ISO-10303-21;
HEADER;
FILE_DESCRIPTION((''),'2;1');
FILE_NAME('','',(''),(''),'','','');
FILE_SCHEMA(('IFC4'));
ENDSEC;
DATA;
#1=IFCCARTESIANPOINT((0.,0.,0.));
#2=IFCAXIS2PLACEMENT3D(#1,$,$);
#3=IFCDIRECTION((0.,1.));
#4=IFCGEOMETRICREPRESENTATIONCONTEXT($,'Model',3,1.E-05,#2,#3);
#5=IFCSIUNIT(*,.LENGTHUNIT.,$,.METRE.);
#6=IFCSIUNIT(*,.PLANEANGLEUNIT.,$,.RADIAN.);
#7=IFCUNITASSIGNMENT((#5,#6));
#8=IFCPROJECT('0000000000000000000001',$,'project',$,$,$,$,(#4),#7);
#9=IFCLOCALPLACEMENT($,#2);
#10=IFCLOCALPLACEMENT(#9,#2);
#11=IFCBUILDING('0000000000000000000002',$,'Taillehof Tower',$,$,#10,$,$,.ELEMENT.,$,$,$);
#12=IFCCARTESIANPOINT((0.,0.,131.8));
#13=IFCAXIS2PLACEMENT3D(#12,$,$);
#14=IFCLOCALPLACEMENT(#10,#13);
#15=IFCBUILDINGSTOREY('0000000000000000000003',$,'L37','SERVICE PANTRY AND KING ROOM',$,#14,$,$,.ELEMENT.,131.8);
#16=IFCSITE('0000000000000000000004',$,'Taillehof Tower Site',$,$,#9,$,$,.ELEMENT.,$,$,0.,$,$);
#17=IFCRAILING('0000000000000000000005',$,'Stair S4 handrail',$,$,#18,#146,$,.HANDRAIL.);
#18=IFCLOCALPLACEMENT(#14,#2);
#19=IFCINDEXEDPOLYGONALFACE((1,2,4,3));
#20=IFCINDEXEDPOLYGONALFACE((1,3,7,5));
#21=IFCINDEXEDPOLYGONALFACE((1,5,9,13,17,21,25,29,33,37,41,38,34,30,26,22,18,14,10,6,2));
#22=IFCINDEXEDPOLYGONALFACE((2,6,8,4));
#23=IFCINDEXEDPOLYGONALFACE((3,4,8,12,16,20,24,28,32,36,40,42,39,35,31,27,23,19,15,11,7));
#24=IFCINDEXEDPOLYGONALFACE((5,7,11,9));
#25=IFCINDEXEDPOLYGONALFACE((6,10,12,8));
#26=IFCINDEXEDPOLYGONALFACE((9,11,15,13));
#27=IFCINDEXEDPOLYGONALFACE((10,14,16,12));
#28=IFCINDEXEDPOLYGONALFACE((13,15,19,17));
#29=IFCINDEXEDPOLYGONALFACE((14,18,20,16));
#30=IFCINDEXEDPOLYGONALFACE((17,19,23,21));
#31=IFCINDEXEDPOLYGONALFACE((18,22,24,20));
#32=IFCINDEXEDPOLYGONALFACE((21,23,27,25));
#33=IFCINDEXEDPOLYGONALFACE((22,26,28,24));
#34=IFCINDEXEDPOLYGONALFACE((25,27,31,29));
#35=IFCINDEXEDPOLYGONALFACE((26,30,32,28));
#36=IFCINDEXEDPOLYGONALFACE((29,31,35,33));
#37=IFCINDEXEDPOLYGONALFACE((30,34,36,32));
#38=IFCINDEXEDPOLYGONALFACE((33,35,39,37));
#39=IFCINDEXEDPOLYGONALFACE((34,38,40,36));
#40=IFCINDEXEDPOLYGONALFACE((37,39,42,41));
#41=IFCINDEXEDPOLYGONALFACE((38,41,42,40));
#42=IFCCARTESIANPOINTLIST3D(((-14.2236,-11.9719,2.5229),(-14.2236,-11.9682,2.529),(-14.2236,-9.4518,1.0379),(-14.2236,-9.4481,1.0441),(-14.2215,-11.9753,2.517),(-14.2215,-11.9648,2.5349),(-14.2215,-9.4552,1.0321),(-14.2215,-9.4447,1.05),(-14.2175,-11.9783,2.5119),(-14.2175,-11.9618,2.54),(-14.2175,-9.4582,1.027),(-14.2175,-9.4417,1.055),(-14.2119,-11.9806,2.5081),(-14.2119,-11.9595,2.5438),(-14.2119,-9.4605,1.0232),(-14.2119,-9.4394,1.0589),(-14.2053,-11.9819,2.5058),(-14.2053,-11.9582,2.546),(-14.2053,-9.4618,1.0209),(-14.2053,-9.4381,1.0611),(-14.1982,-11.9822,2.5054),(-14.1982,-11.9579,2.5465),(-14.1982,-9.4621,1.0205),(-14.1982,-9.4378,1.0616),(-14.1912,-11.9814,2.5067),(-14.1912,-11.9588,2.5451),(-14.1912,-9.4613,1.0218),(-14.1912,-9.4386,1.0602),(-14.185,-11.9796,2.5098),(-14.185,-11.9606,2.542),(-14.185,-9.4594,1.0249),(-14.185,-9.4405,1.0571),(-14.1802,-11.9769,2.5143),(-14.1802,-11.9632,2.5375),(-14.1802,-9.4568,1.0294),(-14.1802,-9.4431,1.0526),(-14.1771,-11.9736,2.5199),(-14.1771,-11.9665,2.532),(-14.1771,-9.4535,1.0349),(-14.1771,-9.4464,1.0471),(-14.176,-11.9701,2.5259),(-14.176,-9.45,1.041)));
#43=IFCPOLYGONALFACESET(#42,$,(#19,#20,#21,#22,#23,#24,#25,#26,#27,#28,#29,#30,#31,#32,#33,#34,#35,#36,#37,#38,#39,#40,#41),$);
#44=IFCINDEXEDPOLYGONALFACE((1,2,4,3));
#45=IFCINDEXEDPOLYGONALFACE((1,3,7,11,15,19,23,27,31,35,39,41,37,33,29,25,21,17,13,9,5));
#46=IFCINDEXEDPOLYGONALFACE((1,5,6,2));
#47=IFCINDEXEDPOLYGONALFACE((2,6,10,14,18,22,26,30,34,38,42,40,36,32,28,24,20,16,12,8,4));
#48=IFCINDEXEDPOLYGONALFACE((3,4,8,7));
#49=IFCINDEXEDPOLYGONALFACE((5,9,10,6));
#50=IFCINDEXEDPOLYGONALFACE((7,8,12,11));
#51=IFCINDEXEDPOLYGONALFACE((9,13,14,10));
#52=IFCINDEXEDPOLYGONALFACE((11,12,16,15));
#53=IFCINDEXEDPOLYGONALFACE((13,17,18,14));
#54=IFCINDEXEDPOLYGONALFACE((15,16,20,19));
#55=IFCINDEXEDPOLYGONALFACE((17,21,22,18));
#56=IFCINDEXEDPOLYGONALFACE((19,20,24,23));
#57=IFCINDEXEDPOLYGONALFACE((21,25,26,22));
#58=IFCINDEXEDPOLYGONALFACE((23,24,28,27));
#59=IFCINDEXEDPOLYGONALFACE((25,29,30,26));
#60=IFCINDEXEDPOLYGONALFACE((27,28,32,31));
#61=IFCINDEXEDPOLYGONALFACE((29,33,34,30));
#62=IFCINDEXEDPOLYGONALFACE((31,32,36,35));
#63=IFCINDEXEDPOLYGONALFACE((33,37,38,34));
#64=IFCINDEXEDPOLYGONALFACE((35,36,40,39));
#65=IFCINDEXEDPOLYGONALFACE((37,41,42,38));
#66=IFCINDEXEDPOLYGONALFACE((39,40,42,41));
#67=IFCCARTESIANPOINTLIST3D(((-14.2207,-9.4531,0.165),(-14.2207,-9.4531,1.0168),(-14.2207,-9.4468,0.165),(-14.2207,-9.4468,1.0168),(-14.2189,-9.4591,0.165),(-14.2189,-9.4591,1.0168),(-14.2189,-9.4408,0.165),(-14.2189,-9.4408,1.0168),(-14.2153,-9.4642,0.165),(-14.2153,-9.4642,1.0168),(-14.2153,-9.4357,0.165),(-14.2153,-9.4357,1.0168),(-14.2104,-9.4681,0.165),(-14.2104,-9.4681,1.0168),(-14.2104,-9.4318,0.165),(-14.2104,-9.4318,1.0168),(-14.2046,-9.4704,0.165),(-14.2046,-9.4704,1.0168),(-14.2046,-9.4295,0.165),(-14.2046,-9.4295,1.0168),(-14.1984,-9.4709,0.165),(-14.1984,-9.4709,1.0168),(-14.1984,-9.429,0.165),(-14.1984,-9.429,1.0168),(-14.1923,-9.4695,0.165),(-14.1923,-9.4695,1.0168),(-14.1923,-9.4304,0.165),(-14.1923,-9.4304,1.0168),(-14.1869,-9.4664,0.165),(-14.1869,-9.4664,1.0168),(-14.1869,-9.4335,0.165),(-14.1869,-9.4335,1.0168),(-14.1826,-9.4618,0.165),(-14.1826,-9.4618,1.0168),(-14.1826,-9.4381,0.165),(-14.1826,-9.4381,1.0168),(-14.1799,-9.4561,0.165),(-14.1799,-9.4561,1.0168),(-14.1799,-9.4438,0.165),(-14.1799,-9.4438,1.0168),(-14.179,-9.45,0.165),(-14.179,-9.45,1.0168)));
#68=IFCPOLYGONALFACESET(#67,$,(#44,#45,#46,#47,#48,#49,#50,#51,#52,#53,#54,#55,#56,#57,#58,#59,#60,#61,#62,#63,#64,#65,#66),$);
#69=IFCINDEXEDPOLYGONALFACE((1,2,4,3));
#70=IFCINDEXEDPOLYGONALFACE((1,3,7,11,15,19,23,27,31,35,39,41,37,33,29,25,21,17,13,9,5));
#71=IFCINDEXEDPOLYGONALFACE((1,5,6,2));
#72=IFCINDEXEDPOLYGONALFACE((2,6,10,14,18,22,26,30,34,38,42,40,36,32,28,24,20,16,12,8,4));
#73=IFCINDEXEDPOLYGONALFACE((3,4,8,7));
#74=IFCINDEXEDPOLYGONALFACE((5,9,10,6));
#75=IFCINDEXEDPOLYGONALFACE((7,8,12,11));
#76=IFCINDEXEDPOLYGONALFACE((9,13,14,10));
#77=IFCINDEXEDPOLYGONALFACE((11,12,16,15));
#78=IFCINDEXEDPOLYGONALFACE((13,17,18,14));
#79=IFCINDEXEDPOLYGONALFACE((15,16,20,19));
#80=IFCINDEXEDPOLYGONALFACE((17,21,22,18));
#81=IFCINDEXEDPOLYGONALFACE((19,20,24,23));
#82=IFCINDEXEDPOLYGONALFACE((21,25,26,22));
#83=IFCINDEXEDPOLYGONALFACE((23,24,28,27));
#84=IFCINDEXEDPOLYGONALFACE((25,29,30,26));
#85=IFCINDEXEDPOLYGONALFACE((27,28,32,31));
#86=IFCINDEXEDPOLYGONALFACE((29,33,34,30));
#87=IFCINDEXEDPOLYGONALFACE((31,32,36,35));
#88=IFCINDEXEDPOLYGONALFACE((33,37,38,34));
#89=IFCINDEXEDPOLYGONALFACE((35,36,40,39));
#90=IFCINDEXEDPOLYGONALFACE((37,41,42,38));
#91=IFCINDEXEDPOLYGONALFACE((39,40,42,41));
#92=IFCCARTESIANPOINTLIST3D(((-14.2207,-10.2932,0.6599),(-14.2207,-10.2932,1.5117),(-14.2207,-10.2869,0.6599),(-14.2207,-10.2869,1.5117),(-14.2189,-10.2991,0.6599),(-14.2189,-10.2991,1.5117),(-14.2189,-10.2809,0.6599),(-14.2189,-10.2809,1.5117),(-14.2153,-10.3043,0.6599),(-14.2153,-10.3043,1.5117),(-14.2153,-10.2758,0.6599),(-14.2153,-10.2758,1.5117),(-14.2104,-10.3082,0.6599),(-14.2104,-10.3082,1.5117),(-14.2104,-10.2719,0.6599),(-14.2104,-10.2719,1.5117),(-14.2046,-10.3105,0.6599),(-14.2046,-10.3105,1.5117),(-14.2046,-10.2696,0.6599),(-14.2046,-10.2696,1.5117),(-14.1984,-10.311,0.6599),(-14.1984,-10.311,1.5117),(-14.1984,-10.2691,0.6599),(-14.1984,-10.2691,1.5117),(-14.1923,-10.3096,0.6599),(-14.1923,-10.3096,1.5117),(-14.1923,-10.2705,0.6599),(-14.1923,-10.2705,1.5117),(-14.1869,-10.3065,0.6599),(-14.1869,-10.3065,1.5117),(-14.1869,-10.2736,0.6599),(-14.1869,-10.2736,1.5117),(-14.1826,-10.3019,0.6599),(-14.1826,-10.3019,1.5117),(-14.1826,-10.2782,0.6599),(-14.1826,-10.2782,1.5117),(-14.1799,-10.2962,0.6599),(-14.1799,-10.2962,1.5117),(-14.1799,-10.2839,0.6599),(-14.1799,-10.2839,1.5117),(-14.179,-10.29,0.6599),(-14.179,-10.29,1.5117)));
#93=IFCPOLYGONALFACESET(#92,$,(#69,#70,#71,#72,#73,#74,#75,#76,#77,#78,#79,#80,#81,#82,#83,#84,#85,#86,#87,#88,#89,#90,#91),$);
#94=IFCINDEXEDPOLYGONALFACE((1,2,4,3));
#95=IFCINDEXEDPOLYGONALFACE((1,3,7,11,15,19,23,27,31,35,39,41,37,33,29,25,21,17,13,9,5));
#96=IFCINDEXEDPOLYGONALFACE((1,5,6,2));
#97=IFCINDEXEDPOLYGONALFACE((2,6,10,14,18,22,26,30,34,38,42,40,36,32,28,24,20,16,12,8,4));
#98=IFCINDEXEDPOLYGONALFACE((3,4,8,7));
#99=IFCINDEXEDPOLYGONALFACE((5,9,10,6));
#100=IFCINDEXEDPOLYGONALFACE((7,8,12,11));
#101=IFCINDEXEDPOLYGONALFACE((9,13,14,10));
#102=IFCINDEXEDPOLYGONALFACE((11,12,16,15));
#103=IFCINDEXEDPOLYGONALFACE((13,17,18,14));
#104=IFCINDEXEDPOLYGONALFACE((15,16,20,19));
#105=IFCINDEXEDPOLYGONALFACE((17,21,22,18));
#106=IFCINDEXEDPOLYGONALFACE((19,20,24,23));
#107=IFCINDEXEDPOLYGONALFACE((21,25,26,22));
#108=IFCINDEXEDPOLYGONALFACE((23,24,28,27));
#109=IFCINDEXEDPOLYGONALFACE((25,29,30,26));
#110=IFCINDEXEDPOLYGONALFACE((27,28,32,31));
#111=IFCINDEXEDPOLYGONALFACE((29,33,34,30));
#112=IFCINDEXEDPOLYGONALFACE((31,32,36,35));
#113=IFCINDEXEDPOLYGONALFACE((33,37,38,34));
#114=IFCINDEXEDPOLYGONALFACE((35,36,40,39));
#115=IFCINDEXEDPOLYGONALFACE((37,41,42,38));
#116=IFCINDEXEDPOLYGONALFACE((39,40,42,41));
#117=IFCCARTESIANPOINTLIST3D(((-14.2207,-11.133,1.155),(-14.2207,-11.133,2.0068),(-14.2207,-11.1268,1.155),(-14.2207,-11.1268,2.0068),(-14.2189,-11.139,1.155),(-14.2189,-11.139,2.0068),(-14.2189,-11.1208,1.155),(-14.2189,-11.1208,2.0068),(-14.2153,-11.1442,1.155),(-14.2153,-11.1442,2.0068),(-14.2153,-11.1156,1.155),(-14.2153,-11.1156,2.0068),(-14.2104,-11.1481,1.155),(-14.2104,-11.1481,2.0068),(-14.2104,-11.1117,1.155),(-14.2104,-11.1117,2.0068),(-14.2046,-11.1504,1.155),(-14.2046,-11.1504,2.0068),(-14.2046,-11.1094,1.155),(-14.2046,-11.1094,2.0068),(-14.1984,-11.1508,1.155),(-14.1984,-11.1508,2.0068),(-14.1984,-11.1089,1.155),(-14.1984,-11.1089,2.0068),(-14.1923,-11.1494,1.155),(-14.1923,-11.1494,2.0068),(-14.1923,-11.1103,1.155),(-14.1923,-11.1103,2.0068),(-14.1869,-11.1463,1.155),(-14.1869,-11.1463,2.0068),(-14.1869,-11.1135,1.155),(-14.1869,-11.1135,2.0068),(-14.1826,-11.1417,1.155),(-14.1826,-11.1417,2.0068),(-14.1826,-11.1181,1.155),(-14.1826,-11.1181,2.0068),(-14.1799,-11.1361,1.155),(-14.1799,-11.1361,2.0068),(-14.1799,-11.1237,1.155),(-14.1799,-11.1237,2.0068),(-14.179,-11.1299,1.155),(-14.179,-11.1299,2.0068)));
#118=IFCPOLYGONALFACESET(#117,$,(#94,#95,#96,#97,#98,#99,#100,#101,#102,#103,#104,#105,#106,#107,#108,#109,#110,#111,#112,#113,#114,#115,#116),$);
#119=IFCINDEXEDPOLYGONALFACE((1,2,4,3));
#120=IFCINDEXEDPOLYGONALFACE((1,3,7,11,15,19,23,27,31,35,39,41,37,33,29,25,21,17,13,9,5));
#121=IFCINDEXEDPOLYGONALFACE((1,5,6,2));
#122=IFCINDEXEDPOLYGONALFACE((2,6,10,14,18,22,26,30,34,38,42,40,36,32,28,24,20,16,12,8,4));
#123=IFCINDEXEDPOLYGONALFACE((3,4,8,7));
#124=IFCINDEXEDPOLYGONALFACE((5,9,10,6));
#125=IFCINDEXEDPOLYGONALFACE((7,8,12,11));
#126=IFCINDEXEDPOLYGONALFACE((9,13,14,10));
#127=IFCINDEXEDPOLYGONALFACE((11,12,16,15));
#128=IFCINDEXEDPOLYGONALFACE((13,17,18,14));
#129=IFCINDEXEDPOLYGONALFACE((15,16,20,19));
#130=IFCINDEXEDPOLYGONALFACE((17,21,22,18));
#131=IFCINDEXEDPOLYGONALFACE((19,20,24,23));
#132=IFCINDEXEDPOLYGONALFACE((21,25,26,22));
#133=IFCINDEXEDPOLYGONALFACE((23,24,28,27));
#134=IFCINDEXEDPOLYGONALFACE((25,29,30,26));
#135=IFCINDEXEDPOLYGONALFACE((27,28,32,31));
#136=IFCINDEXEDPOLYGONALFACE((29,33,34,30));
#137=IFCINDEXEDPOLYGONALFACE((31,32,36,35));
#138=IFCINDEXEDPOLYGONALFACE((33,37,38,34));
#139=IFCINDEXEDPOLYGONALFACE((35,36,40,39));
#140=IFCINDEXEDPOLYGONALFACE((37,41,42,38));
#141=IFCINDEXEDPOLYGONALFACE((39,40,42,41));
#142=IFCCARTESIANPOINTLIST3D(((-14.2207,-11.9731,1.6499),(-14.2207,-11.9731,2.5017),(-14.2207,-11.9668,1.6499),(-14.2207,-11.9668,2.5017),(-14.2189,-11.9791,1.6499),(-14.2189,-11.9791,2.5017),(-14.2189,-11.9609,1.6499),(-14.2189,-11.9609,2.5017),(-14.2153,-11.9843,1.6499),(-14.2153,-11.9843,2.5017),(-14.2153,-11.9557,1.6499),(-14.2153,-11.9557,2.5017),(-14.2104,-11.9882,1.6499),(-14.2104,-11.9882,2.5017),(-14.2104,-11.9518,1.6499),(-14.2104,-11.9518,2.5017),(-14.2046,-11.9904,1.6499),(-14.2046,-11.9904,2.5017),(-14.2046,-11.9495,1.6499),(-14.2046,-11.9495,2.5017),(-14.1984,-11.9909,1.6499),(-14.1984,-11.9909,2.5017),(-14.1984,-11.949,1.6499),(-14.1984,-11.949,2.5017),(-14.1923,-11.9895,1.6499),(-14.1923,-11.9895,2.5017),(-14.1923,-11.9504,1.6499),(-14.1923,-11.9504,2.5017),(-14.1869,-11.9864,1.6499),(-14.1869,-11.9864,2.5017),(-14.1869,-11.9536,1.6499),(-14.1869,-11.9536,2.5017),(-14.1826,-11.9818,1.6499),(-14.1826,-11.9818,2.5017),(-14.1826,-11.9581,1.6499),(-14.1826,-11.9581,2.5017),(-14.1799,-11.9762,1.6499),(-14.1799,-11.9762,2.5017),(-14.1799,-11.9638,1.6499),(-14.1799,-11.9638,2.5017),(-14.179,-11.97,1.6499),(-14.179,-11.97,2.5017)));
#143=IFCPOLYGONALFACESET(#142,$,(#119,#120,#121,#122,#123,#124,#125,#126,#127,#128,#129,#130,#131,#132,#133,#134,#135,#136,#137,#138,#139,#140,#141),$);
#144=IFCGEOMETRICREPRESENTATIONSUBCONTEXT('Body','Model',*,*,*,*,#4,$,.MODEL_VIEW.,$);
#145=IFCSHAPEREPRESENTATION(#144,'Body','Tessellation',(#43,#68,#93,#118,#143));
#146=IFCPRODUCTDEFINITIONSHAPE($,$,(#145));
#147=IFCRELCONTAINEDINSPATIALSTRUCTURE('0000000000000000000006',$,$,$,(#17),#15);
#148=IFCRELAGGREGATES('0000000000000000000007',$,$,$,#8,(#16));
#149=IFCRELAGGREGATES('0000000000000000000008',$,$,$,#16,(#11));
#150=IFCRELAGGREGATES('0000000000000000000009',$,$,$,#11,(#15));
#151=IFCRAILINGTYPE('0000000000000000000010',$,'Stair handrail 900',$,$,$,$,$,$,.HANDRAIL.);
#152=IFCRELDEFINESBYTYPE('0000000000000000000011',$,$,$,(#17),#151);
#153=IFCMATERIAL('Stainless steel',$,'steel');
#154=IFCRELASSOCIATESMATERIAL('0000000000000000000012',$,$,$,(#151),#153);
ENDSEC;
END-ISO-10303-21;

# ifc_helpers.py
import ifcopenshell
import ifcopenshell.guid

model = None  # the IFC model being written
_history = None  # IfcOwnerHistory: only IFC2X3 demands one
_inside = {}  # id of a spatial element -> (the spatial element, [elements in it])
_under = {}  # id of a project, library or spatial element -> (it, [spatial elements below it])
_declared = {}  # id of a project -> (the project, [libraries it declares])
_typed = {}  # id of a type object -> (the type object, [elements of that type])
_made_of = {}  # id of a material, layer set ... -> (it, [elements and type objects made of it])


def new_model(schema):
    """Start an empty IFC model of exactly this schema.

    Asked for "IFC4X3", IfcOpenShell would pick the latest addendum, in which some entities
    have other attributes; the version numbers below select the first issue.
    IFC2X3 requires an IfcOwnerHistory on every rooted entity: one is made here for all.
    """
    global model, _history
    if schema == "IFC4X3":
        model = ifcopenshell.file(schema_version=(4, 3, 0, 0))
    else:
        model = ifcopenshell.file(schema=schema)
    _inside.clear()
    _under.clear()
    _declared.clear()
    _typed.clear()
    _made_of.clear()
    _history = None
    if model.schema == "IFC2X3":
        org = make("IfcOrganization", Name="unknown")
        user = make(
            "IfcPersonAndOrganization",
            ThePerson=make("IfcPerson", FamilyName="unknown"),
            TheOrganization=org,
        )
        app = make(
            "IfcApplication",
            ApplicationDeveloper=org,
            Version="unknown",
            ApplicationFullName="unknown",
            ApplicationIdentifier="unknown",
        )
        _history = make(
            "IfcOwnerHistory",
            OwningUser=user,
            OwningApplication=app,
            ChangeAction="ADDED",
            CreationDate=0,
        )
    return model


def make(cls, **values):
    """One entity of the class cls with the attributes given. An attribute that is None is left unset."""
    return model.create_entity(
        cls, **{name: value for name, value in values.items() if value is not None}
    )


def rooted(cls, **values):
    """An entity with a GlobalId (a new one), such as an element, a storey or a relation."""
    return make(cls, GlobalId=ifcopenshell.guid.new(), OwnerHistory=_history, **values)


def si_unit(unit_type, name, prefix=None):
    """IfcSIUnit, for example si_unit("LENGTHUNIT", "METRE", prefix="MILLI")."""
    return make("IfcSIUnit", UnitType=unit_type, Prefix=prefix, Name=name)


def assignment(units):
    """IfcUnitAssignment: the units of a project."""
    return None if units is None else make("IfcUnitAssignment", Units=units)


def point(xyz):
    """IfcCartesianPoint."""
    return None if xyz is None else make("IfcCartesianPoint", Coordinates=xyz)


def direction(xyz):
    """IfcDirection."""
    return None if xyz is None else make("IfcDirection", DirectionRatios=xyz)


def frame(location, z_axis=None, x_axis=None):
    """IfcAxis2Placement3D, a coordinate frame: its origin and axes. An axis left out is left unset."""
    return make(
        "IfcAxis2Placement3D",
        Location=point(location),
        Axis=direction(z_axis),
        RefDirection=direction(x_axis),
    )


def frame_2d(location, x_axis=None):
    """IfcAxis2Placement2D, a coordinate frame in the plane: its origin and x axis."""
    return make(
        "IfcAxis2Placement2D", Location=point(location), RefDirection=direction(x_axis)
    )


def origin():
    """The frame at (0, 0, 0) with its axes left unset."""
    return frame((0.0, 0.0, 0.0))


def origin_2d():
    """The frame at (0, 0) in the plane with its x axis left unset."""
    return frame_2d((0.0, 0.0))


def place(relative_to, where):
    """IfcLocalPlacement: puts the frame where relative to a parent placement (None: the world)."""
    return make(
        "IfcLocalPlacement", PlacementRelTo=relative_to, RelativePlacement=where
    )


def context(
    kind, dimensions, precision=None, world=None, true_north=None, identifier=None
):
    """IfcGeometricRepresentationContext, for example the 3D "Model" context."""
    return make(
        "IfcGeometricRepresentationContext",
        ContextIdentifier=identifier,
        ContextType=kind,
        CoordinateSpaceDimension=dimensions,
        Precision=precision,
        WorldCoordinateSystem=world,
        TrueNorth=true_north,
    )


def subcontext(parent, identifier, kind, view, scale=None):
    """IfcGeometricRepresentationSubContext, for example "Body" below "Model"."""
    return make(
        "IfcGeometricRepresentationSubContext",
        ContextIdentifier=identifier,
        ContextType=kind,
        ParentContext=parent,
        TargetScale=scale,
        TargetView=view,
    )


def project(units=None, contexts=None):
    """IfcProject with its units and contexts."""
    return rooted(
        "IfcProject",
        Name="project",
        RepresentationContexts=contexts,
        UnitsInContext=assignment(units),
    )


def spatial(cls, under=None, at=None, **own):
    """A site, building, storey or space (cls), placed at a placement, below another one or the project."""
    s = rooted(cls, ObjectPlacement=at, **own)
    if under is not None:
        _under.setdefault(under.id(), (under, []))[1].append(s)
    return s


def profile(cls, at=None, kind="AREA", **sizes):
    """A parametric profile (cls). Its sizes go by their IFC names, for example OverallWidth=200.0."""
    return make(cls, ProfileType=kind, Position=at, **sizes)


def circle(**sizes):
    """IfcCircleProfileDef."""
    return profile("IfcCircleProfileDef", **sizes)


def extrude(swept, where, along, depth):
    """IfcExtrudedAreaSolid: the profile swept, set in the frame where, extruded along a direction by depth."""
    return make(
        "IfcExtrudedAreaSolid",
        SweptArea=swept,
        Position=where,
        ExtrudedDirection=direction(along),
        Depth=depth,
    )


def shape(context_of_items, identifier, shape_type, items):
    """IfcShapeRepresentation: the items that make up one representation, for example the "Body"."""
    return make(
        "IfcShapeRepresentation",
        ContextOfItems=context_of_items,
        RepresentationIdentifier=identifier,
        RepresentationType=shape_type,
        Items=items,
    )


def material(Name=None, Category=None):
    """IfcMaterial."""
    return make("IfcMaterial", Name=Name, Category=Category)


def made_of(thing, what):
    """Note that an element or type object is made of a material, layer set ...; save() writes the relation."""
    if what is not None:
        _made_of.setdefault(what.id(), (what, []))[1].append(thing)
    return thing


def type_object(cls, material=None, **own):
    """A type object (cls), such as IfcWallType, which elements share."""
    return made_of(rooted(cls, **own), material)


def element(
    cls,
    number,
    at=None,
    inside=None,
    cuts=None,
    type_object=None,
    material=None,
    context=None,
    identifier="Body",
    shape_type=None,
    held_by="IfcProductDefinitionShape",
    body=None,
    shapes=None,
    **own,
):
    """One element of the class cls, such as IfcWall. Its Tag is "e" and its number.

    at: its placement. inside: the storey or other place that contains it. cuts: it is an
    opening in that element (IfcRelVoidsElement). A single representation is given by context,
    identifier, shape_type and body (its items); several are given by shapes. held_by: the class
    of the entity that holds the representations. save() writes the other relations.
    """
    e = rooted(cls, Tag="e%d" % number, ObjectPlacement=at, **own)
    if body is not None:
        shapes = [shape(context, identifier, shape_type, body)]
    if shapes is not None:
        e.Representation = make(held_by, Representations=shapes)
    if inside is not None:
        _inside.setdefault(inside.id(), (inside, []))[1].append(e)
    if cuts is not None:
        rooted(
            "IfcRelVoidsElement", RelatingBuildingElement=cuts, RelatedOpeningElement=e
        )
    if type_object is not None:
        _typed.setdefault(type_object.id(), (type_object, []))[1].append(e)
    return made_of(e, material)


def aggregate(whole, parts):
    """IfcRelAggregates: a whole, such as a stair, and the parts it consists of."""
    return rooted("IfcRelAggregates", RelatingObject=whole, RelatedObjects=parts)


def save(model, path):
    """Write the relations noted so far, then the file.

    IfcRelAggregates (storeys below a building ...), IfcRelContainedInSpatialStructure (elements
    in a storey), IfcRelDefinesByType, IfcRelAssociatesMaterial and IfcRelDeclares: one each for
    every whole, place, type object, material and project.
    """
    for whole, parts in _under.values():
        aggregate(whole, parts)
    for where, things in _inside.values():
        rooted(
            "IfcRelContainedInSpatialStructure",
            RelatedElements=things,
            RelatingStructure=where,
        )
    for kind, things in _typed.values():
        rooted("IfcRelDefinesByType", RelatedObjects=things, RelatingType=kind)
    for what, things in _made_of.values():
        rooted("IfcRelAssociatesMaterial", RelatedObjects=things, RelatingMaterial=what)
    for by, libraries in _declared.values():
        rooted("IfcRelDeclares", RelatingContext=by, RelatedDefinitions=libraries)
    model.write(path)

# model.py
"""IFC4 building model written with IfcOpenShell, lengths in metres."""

from ifc_helpers import new_model, si_unit, direction, frame, origin, origin_2d, place, context, subcontext, project, spatial, circle, extrude, material, type_object, element, save


model = new_model("IFC4")

# Units and contexts
model_context = context("Model", 3, precision=1e-05, world=origin(), true_north=direction((0.0, 1.0)))
body_context = subcontext(model_context, "Body", "Model", "MODEL_VIEW")
ifc_project = project(units=[si_unit("LENGTHUNIT", "METRE"), si_unit("PLANEANGLEUNIT", "RADIAN")], contexts=[model_context])

# Site, building, storey
site_placement = place(None, origin())
site = spatial("IfcSite", under=ifc_project, at=site_placement, Name="Taillehof Tower Site", CompositionType="ELEMENT", RefElevation=0.0)
building_placement = place(site_placement, origin())
building = spatial("IfcBuilding", under=site, at=building_placement, Name="Taillehof Tower", CompositionType="ELEMENT")
storey_placement = place(building_placement, frame((0.0, 0.0, 131.8)))
storey = spatial("IfcBuildingStorey", under=building, at=storey_placement, Name="L37", Description="SERVICE PANTRY AND KING ROOM", CompositionType="ELEMENT", Elevation=131.8)

# Railing
ifc_material_1 = material(Name="Stainless steel", Category="steel")
railing_type = type_object("IfcRailingType", Name="Stair handrail 900", PredefinedType="HANDRAIL", material=ifc_material_1)
railing_1_placement = place(storey_placement, frame((-14.2, -9.45, 0.165)))
element("IfcRailing", 1, at=railing_1_placement, inside=storey, type_object=railing_type, Name="Stair S4 handrail", PredefinedType="HANDRAIL", context=body_context, shape_type="SweptSolid", body=[
    extrude(circle(Radius=0.0239, at=origin_2d()), frame((0.0, 0.0, 0.876), z_axis=(0.0, -0.861561, 0.507655), x_axis=(1.0, 0.0, 0.0)), (0.0, 0.0, 1.0), 2.925),
    extrude(circle(Radius=0.021, at=origin_2d()), origin(), (0.0, 0.0, 1.0), 0.8518),
    extrude(circle(Radius=0.021, at=origin_2d()), frame((0.0, -0.8401, 0.4949)), (0.0, 0.0, 1.0), 0.8518),
    extrude(circle(Radius=0.021, at=origin_2d()), frame((0.0, -1.6799, 0.99)), (0.0, 0.0, 1.0), 0.8518),
    extrude(circle(Radius=0.021, at=origin_2d()), frame((0.0, -2.52, 1.4849)), (0.0, 0.0, 1.0), 0.8518),
])

save(model, "model.ifc")
